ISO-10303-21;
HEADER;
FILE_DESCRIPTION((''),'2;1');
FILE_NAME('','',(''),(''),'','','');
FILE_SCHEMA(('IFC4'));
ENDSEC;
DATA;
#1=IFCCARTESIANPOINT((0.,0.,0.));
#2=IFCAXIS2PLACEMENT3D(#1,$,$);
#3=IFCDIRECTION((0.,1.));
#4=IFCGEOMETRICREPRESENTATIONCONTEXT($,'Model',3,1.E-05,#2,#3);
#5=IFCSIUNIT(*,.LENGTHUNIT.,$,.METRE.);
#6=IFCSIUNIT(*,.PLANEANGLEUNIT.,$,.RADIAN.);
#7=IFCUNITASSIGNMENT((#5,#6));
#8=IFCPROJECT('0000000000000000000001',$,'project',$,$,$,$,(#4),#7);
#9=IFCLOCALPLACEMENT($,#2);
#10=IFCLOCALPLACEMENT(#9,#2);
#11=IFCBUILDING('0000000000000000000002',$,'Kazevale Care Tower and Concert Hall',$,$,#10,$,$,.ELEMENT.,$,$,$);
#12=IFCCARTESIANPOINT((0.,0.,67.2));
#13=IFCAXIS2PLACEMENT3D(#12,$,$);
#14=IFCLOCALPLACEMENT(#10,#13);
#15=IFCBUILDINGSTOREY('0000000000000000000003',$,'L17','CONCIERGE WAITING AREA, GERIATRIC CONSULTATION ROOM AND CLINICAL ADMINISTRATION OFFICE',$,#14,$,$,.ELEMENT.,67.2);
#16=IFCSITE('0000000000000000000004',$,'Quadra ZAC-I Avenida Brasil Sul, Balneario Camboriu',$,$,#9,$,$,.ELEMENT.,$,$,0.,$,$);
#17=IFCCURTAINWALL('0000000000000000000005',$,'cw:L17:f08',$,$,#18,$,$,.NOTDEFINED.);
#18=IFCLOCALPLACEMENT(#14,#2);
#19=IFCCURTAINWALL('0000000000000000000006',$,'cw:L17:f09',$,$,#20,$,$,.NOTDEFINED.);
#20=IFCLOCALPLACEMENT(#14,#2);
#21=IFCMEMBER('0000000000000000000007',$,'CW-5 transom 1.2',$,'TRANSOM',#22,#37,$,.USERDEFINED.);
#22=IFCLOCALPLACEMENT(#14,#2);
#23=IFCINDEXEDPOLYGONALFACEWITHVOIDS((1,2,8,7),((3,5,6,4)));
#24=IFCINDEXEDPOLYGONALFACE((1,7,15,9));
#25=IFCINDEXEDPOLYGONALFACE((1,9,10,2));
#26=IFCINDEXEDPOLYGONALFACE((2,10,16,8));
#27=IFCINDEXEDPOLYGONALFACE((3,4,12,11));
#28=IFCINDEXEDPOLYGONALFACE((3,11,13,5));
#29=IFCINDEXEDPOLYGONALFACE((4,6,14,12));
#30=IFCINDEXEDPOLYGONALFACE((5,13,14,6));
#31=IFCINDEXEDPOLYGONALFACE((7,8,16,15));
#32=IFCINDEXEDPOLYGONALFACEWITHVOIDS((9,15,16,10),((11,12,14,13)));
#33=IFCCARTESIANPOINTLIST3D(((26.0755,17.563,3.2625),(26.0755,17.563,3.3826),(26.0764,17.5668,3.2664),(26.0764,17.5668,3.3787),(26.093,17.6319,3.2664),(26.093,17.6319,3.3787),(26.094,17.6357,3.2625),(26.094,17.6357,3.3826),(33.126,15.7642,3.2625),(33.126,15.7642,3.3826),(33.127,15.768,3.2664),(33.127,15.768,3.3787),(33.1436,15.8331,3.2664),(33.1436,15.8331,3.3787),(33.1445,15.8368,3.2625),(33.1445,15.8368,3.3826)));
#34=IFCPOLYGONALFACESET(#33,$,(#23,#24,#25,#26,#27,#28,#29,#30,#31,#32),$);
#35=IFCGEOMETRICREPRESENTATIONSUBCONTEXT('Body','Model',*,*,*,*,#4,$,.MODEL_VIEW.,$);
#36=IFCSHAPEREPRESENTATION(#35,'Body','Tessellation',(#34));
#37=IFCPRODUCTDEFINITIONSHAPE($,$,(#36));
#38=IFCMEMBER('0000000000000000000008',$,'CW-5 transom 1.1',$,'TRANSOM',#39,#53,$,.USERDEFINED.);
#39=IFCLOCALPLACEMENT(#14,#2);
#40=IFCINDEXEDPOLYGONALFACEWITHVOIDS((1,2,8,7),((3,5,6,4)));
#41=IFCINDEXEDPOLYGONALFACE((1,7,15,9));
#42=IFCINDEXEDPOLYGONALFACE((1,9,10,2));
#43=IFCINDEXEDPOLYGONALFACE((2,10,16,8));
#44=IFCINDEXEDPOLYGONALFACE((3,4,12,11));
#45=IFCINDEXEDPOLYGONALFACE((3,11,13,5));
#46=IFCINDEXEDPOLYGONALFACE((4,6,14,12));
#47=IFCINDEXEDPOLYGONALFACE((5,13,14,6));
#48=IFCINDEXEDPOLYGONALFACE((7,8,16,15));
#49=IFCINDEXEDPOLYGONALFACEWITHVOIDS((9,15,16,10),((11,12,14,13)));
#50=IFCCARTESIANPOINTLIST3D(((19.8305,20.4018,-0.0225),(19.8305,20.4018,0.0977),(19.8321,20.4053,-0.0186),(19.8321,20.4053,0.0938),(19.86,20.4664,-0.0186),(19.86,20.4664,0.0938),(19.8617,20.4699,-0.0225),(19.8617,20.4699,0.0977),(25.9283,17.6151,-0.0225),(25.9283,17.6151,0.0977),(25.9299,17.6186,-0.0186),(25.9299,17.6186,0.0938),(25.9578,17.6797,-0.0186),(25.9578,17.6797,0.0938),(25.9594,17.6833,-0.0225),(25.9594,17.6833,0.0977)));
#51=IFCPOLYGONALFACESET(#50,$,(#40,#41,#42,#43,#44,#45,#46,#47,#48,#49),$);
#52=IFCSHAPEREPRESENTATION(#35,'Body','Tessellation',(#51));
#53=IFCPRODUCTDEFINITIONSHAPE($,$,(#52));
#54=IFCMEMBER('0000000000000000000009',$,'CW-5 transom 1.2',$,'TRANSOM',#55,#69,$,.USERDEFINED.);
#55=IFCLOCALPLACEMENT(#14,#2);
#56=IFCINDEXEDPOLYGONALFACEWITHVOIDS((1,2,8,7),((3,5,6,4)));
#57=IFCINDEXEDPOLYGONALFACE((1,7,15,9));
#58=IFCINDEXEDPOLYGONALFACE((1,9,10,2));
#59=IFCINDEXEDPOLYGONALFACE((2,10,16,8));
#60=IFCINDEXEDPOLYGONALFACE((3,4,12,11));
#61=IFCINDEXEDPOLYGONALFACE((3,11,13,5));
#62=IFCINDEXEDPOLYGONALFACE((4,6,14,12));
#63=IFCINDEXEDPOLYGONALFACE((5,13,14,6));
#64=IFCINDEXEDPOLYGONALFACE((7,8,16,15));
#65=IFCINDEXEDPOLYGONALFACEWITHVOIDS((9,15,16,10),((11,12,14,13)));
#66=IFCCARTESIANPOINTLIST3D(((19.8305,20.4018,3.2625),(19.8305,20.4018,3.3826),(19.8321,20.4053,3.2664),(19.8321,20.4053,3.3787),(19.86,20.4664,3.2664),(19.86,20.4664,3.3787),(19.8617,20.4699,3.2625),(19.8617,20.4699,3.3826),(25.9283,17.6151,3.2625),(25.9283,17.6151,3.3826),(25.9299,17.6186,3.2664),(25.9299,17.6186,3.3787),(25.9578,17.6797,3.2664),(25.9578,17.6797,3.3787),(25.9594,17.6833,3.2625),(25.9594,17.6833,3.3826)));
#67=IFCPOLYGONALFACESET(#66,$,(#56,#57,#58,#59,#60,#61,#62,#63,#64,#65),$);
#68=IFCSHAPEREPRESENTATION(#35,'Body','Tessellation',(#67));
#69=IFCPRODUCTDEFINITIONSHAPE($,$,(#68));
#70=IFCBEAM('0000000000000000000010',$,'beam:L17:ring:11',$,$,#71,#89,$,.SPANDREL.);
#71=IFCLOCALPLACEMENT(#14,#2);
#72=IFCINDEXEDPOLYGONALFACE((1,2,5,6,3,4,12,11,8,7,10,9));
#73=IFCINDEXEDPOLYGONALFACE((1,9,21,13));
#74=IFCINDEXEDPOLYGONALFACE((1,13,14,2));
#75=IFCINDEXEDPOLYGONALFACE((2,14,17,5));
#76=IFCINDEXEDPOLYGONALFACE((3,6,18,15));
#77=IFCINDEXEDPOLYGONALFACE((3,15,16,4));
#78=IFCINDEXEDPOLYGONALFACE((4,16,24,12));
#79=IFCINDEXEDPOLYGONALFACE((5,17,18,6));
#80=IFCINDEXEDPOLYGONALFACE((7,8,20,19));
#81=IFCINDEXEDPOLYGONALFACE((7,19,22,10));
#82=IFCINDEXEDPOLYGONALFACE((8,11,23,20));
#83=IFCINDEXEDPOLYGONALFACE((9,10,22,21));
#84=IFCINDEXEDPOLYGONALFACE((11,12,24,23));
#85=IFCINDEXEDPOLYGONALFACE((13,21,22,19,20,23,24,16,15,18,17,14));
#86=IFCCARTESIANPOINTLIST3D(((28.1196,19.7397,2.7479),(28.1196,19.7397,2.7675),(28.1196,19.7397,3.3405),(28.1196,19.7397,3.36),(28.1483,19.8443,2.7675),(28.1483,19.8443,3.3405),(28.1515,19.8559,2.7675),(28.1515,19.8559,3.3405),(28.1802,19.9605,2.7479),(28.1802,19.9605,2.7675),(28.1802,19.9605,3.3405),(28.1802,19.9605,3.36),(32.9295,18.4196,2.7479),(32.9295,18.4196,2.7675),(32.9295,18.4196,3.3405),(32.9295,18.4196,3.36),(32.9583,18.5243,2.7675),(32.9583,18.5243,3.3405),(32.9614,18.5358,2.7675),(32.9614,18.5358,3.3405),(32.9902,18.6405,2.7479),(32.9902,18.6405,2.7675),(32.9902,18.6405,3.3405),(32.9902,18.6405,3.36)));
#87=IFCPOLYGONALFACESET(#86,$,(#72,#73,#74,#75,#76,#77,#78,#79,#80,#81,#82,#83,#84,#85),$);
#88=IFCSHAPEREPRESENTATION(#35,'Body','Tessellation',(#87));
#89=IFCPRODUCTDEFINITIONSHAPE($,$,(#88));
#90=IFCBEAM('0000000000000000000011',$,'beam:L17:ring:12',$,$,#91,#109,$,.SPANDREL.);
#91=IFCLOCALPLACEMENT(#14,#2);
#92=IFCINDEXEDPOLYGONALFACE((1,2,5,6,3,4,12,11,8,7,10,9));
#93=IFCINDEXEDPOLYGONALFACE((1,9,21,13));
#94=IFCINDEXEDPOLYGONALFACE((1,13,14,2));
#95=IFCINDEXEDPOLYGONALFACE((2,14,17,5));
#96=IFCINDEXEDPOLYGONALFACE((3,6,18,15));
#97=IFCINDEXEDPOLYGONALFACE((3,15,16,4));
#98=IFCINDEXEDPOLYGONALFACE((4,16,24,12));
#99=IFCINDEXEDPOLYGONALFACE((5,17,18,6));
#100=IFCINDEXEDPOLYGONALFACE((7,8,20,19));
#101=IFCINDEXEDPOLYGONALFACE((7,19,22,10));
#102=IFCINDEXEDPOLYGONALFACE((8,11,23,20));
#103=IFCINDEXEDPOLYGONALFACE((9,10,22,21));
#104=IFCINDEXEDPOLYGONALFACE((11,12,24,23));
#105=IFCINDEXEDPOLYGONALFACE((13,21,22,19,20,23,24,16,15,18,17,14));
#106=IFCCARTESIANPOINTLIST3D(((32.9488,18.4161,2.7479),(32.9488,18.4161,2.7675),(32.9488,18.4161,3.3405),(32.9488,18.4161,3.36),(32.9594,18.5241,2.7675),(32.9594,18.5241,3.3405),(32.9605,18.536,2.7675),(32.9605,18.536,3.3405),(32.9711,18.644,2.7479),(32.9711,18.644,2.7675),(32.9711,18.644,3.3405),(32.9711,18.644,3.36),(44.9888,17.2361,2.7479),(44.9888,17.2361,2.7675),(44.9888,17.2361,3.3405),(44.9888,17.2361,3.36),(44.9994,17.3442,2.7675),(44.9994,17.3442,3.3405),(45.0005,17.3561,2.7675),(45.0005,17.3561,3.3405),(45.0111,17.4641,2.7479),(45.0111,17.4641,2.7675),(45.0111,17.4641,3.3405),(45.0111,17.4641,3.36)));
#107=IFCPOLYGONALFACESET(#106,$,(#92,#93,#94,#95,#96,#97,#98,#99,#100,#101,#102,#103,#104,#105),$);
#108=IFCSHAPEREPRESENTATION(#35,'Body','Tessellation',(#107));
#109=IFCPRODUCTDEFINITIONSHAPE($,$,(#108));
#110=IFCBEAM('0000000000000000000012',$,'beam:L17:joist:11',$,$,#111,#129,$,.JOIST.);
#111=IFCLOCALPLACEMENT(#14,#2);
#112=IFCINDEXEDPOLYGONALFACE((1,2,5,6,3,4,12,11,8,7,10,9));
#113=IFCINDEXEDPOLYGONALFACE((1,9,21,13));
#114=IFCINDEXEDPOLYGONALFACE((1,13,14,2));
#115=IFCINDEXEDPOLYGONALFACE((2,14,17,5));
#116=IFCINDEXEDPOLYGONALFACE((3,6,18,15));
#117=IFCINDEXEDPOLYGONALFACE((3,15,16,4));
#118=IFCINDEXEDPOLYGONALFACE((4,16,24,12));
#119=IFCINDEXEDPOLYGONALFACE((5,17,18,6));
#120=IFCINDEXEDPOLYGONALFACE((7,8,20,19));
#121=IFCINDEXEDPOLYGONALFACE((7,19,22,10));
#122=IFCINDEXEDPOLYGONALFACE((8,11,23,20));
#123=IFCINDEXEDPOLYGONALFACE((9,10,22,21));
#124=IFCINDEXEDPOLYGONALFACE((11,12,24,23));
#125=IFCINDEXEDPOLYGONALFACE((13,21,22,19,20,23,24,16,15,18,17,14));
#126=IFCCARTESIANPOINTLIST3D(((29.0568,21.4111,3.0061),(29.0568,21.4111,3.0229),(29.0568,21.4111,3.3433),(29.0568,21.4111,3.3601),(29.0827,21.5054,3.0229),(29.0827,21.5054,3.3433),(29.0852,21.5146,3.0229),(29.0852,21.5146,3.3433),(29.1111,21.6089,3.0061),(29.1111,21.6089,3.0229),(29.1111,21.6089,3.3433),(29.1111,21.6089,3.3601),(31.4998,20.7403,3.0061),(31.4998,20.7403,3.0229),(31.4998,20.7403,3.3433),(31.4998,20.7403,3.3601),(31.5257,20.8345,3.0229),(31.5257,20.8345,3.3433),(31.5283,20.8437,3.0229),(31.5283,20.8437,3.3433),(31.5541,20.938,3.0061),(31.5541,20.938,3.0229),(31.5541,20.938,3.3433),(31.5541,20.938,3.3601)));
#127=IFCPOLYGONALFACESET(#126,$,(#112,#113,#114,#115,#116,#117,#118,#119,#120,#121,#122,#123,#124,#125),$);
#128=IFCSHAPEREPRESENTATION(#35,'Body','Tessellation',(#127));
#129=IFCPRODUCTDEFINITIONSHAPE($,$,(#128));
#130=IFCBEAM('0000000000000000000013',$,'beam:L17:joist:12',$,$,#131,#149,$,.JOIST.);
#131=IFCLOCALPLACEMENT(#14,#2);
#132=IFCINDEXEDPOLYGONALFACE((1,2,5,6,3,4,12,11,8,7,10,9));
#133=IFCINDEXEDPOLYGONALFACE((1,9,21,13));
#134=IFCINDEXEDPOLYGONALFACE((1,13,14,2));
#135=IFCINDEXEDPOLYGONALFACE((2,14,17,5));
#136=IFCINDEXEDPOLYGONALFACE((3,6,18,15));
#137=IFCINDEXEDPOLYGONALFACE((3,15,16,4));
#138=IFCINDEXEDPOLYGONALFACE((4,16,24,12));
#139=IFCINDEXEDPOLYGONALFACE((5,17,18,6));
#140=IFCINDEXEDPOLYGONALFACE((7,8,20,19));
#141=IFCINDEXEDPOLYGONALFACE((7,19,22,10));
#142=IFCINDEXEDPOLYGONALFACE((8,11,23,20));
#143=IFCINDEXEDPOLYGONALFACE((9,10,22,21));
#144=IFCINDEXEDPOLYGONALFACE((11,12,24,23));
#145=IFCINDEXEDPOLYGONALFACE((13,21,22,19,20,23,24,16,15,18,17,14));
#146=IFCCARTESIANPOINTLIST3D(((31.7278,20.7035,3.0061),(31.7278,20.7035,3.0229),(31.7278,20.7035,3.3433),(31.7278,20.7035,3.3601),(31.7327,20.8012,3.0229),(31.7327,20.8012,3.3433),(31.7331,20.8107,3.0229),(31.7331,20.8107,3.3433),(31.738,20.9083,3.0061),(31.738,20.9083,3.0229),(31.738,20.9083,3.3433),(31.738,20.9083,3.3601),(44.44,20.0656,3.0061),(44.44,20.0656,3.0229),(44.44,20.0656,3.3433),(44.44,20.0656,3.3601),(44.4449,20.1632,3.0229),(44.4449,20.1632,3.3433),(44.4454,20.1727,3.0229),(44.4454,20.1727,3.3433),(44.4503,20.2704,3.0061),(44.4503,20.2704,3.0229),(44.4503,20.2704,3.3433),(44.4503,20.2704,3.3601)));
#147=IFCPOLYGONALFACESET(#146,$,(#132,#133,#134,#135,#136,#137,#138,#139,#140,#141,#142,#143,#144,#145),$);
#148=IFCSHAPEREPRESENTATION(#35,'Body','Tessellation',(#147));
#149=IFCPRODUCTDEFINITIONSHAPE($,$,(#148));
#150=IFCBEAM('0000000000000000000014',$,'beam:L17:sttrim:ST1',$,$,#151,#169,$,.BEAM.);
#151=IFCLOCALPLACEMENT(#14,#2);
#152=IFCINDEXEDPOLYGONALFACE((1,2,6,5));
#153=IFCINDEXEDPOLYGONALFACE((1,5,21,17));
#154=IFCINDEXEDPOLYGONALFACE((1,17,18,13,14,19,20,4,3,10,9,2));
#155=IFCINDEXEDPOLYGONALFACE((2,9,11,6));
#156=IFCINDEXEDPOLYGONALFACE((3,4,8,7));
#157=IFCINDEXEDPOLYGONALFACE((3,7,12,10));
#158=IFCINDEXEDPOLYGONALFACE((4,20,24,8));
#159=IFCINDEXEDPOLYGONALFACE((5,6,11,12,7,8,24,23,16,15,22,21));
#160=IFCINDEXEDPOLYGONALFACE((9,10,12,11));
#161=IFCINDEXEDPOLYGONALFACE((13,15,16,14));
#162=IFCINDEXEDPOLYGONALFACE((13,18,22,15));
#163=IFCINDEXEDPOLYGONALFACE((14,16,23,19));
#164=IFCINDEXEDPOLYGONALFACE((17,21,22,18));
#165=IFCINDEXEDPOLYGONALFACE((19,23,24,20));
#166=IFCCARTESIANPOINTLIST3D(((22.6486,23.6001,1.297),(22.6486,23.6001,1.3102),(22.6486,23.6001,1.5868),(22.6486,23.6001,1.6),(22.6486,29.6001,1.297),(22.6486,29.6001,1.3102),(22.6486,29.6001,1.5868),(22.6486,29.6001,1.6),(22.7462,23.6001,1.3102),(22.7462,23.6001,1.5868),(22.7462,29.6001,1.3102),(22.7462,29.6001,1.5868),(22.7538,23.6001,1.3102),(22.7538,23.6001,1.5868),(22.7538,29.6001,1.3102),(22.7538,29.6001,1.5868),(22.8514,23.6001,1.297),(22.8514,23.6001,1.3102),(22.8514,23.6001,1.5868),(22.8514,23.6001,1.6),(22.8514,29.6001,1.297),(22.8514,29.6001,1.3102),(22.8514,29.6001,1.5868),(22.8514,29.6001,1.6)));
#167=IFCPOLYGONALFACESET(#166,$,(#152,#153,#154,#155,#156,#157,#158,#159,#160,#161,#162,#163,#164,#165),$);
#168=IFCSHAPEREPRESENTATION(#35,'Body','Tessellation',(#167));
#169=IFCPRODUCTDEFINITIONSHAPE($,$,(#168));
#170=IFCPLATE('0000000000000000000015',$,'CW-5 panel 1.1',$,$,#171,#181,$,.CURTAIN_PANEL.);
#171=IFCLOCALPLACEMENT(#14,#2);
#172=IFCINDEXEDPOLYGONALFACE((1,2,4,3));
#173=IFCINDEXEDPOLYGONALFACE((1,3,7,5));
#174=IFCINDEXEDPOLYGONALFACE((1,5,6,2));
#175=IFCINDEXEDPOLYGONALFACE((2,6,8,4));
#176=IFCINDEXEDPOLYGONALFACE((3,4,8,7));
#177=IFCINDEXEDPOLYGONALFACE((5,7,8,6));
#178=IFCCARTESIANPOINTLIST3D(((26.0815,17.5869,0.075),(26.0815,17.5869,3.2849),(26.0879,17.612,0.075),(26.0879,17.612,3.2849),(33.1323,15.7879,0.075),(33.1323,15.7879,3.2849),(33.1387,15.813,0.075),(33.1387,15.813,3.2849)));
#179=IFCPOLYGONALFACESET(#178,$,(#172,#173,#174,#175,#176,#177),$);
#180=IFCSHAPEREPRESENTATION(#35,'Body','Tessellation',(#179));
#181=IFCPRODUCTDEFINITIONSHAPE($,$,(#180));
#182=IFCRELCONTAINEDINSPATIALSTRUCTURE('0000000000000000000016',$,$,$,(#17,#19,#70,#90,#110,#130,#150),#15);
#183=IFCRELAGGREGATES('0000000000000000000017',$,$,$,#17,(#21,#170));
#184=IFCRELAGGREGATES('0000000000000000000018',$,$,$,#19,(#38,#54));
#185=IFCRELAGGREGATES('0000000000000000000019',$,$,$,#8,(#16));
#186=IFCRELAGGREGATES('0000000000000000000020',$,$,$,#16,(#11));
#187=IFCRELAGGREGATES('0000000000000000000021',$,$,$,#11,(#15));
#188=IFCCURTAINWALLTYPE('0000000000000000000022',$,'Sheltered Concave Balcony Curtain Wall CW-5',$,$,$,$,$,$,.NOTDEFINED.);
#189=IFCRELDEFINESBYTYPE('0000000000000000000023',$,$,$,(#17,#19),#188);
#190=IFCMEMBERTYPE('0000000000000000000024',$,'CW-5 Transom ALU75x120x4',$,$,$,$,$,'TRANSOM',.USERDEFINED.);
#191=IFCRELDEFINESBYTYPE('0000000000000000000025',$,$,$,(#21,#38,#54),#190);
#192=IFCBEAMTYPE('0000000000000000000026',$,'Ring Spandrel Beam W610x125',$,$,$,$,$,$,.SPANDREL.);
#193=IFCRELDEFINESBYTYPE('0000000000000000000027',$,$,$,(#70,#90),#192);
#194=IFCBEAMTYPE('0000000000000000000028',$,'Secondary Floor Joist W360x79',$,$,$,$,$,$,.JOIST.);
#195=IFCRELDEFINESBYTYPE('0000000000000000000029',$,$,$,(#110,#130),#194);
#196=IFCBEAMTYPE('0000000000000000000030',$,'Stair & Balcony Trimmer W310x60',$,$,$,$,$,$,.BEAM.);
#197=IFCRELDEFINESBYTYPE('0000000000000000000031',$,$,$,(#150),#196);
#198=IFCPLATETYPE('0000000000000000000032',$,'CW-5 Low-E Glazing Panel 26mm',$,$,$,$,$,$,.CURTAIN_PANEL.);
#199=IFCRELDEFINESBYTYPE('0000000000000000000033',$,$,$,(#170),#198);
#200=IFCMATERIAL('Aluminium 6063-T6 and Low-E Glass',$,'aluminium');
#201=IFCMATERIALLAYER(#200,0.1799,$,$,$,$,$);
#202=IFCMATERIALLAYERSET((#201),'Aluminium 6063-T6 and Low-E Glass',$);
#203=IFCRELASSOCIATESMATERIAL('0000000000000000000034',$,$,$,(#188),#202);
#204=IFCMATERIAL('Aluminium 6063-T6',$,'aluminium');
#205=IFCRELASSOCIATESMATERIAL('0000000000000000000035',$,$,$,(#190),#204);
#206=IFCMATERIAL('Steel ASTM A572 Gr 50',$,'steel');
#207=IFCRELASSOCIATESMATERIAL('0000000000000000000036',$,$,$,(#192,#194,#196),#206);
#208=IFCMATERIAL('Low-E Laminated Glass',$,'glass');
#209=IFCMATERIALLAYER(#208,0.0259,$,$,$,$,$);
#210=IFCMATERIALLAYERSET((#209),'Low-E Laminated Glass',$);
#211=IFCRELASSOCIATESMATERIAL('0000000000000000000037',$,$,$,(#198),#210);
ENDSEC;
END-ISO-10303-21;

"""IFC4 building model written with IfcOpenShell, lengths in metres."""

from ifc_helpers import new_model, si_unit, direction, frame, origin, origin_2d, place, context, subcontext, project, spatial, rectangle, hollow_rectangle, i_section, extrude, material, layer, layer_set, material_profile, profile_set, type_object, element, aggregate, save


model = new_model("IFC4")

# Units and contexts
model_context = context("Model", 3, precision=1e-05, world=origin(), true_north=direction((0.0, 1.0)))
body_context = subcontext(model_context, "Body", "Model", "MODEL_VIEW")
ifc_project = project(units=[si_unit("LENGTHUNIT", "METRE"), si_unit("PLANEANGLEUNIT", "RADIAN")], contexts=[model_context])

# Site, building, storey
site_placement = place(None, origin())
site = spatial("IfcSite", under=ifc_project, at=site_placement, Name="Quadra ZAC-I Avenida Brasil Sul, Balneario Camboriu", CompositionType="ELEMENT", RefElevation=0.0)
building_placement = place(site_placement, origin())
building = spatial("IfcBuilding", under=site, at=building_placement, Name="Kazevale Care Tower and Concert Hall", CompositionType="ELEMENT")
storey_placement = place(building_placement, frame((0.0, 0.0, 67.2)))
storey = spatial("IfcBuildingStorey", under=building, at=storey_placement, Name="L17", Description="CONCIERGE WAITING AREA, GERIATRIC CONSULTATION ROOM AND CLINICAL ADMINISTRATION OFFICE", CompositionType="ELEMENT", Elevation=67.2)

# Shared definitions
ifc_material_1 = material(Name="Aluminium 6063-T6 and Low-E Glass", Category="aluminium")
ifc_layer_1 = layer(ifc_material_1, 0.1799)
ifc_layer_set_1 = layer_set([ifc_layer_1], Name="Aluminium 6063-T6 and Low-E Glass")
curtain_wall_type = type_object("IfcCurtainWallType", Name="Sheltered Concave Balcony Curtain Wall CW-5", PredefinedType="NOTDEFINED", material=ifc_layer_set_1)
ifc_material_2 = material(Name="Aluminium 6063-T6", Category="aluminium")

# Curtain wall
curtain_wall_1_placement = place(storey_placement, origin())
curtain_wall_1 = element("IfcCurtainWall", 1, at=curtain_wall_1_placement, inside=storey, type_object=curtain_wall_type, Name="cw:L17:f08", PredefinedType="NOTDEFINED")

# Curtain wall
curtain_wall_2_placement = place(storey_placement, origin())
curtain_wall_2 = element("IfcCurtainWall", 2, at=curtain_wall_2_placement, inside=storey, type_object=curtain_wall_type, Name="cw:L17:f09", PredefinedType="NOTDEFINED")

# Members
ifc_material_profile_1 = material_profile(ifc_material_2, hollow_rectangle(XDim=0.075, YDim=0.1201, WallThickness=0.0039, at=origin_2d()), Name="ALU75x120x4")
ifc_profile_set_1 = profile_set([ifc_material_profile_1], Name="Aluminium 6063-T6")
member_type_1 = type_object("IfcMemberType", Name="CW-5 Transom ALU75x120x4", ElementType="TRANSOM", PredefinedType="USERDEFINED", material=ifc_profile_set_1)
member_1_placement = place(storey_placement, frame((33.1353, 15.8005, 3.3225), z_axis=(-0.968961, 0.247214, 0.0), x_axis=(-0.247214, -0.968961, 0.0)))
member_1 = element("IfcMember", 3, at=member_1_placement, type_object=member_type_1, Name="CW-5 transom 1.2", ObjectType="TRANSOM", PredefinedType="USERDEFINED", context=body_context, shape_type="SweptSolid", body=[
    extrude(hollow_rectangle(XDim=0.075, YDim=0.1201, WallThickness=0.0039, at=origin_2d()), origin(), (0.0, 0.0, 1.0), 7.2764),
])
member_2_placement = place(storey_placement, frame((25.9438, 17.6492, 0.0376), z_axis=(-0.909524, 0.415651, 0.0), x_axis=(-0.415651, -0.909524, 0.0)))
member_2 = element("IfcMember", 4, at=member_2_placement, type_object=member_type_1, Name="CW-5 transom 1.1", ObjectType="TRANSOM", PredefinedType="USERDEFINED", context=body_context, shape_type="SweptSolid", body=[
    extrude(hollow_rectangle(XDim=0.075, YDim=0.1201, WallThickness=0.0039, at=origin_2d()), origin(), (0.0, 0.0, 1.0), 6.7043),
])
member_3_placement = place(storey_placement, frame((25.9438, 17.6492, 3.3225), z_axis=(-0.909524, 0.415651, 0.0), x_axis=(-0.415651, -0.909524, 0.0)))
member_3 = element("IfcMember", 5, at=member_3_placement, type_object=member_type_1, Name="CW-5 transom 1.2", ObjectType="TRANSOM", PredefinedType="USERDEFINED", context=body_context, shape_type="SweptSolid", body=[
    extrude(hollow_rectangle(XDim=0.075, YDim=0.1201, WallThickness=0.0039, at=origin_2d()), origin(), (0.0, 0.0, 1.0), 6.7043),
])

# Beams
ifc_material_3 = material(Name="Steel ASTM A572 Gr 50", Category="steel")
ifc_material_profile_2 = material_profile(ifc_material_3, i_section(OverallWidth=0.229, OverallDepth=0.6121, WebThickness=0.012, FlangeThickness=0.0195, at=origin_2d()), Name="W610x125")
ifc_profile_set_2 = profile_set([ifc_material_profile_2], Name="Steel ASTM A572 Gr 50")
beam_type_1 = type_object("IfcBeamType", Name="Ring Spandrel Beam W610x125", PredefinedType="SPANDREL", material=ifc_profile_set_2)
beam_1_placement = place(storey_placement, frame((28.1499, 19.8501, 3.054), z_axis=(0.964344, -0.264654, 0.0), x_axis=(0.264654, 0.964344, 0.0)))
element("IfcBeam", 6, at=beam_1_placement, inside=storey, type_object=beam_type_1, Name="beam:L17:ring:11", PredefinedType="SPANDREL", context=body_context, shape_type="SweptSolid", body=[
    extrude(i_section(OverallWidth=0.229, OverallDepth=0.6121, WebThickness=0.012, FlangeThickness=0.0195, at=origin_2d()), origin(), (0.0, 0.0, 1.0), 4.9878),
])
beam_2_placement = place(storey_placement, frame((32.96, 18.53, 3.054), z_axis=(0.995232, -0.097533, 0.0), x_axis=(0.097533, 0.995232, 0.0)))
element("IfcBeam", 7, at=beam_2_placement, inside=storey, type_object=beam_type_1, Name="beam:L17:ring:12", PredefinedType="SPANDREL", context=body_context, shape_type="SweptSolid", body=[
    extrude(i_section(OverallWidth=0.229, OverallDepth=0.6121, WebThickness=0.012, FlangeThickness=0.0195, at=origin_2d()), origin(), (0.0, 0.0, 1.0), 12.0977),
])
ifc_material_profile_3 = material_profile(ifc_material_3, i_section(OverallWidth=0.2051, OverallDepth=0.354, WebThickness=0.0095, FlangeThickness=0.0168, at=origin_2d()), Name="W360x79")
ifc_profile_set_3 = profile_set([ifc_material_profile_3], Name="Steel ASTM A572 Gr 50")
beam_type_2 = type_object("IfcBeamType", Name="Secondary Floor Joist W360x79", PredefinedType="JOIST", material=ifc_profile_set_3)
beam_3_placement = place(storey_placement, frame((29.084, 21.51, 3.1831), z_axis=(0.964302, -0.264805, 0.0), x_axis=(0.264805, 0.964302, 0.0)))
element("IfcBeam", 8, at=beam_3_placement, inside=storey, type_object=beam_type_2, Name="beam:L17:joist:11", PredefinedType="JOIST", context=body_context, shape_type="SweptSolid", body=[
    extrude(i_section(OverallWidth=0.2051, OverallDepth=0.354, WebThickness=0.0095, FlangeThickness=0.0168, at=origin_2d()), origin(), (0.0, 0.0, 1.0), 2.5334),
])
beam_4_placement = place(storey_placement, frame((31.7329, 20.8059, 3.1831), z_axis=(0.998743, -0.05012, 0.0), x_axis=(0.05012, 0.998743, 0.0)))
element("IfcBeam", 9, at=beam_4_placement, inside=storey, type_object=beam_type_2, Name="beam:L17:joist:12", PredefinedType="JOIST", context=body_context, shape_type="SweptSolid", body=[
    extrude(i_section(OverallWidth=0.2051, OverallDepth=0.354, WebThickness=0.0095, FlangeThickness=0.0168, at=origin_2d()), origin(), (0.0, 0.0, 1.0), 12.7283),
])
ifc_material_profile_4 = material_profile(ifc_material_3, i_section(OverallWidth=0.2029, OverallDepth=0.303, WebThickness=0.0076, FlangeThickness=0.0132, at=origin_2d()), Name="W310x60")
ifc_profile_set_4 = profile_set([ifc_material_profile_4], Name="Steel ASTM A572 Gr 50")
beam_type_3 = type_object("IfcBeamType", Name="Stair & Balcony Trimmer W310x60", PredefinedType="BEAM", material=ifc_profile_set_4)
beam_5_placement = place(storey_placement, frame((22.75, 23.6001, 1.4485), z_axis=(0.0, 1.0, 0.0), x_axis=(-1.0, 0.0, 0.0)))
element("IfcBeam", 10, at=beam_5_placement, inside=storey, type_object=beam_type_3, Name="beam:L17:sttrim:ST1", PredefinedType="BEAM", context=body_context, shape_type="SweptSolid", body=[
    extrude(i_section(OverallWidth=0.2029, OverallDepth=0.303, WebThickness=0.0076, FlangeThickness=0.0132, at=origin_2d()), origin(), (0.0, 0.0, 1.0), 6.0),
])

# Plate
ifc_material_4 = material(Name="Low-E Laminated Glass", Category="glass")
ifc_layer_2 = layer(ifc_material_4, 0.0259)
ifc_layer_set_2 = layer_set([ifc_layer_2], Name="Low-E Laminated Glass")
plate_type = type_object("IfcPlateType", Name="CW-5 Low-E Glazing Panel 26mm", PredefinedType="CURTAIN_PANEL", material=ifc_layer_set_2)
plate_1_placement = place(storey_placement, frame((29.6101, 16.7, 0.075), z_axis=(0.0, 0.0, 1.0), x_axis=(-0.968959, 0.247222, 0.0)))
plate_1 = element("IfcPlate", 11, at=plate_1_placement, type_object=plate_type, Name="CW-5 panel 1.1", PredefinedType="CURTAIN_PANEL", context=body_context, shape_type="SweptSolid", body=[
    extrude(rectangle(XDim=7.2766, YDim=0.0259, at=origin_2d()), origin(), (0.0, 0.0, 1.0), 3.21),
])
aggregate(curtain_wall_1, [member_1, plate_1])
aggregate(curtain_wall_2, [member_2, member_3])

save(model, "model.ifc")
